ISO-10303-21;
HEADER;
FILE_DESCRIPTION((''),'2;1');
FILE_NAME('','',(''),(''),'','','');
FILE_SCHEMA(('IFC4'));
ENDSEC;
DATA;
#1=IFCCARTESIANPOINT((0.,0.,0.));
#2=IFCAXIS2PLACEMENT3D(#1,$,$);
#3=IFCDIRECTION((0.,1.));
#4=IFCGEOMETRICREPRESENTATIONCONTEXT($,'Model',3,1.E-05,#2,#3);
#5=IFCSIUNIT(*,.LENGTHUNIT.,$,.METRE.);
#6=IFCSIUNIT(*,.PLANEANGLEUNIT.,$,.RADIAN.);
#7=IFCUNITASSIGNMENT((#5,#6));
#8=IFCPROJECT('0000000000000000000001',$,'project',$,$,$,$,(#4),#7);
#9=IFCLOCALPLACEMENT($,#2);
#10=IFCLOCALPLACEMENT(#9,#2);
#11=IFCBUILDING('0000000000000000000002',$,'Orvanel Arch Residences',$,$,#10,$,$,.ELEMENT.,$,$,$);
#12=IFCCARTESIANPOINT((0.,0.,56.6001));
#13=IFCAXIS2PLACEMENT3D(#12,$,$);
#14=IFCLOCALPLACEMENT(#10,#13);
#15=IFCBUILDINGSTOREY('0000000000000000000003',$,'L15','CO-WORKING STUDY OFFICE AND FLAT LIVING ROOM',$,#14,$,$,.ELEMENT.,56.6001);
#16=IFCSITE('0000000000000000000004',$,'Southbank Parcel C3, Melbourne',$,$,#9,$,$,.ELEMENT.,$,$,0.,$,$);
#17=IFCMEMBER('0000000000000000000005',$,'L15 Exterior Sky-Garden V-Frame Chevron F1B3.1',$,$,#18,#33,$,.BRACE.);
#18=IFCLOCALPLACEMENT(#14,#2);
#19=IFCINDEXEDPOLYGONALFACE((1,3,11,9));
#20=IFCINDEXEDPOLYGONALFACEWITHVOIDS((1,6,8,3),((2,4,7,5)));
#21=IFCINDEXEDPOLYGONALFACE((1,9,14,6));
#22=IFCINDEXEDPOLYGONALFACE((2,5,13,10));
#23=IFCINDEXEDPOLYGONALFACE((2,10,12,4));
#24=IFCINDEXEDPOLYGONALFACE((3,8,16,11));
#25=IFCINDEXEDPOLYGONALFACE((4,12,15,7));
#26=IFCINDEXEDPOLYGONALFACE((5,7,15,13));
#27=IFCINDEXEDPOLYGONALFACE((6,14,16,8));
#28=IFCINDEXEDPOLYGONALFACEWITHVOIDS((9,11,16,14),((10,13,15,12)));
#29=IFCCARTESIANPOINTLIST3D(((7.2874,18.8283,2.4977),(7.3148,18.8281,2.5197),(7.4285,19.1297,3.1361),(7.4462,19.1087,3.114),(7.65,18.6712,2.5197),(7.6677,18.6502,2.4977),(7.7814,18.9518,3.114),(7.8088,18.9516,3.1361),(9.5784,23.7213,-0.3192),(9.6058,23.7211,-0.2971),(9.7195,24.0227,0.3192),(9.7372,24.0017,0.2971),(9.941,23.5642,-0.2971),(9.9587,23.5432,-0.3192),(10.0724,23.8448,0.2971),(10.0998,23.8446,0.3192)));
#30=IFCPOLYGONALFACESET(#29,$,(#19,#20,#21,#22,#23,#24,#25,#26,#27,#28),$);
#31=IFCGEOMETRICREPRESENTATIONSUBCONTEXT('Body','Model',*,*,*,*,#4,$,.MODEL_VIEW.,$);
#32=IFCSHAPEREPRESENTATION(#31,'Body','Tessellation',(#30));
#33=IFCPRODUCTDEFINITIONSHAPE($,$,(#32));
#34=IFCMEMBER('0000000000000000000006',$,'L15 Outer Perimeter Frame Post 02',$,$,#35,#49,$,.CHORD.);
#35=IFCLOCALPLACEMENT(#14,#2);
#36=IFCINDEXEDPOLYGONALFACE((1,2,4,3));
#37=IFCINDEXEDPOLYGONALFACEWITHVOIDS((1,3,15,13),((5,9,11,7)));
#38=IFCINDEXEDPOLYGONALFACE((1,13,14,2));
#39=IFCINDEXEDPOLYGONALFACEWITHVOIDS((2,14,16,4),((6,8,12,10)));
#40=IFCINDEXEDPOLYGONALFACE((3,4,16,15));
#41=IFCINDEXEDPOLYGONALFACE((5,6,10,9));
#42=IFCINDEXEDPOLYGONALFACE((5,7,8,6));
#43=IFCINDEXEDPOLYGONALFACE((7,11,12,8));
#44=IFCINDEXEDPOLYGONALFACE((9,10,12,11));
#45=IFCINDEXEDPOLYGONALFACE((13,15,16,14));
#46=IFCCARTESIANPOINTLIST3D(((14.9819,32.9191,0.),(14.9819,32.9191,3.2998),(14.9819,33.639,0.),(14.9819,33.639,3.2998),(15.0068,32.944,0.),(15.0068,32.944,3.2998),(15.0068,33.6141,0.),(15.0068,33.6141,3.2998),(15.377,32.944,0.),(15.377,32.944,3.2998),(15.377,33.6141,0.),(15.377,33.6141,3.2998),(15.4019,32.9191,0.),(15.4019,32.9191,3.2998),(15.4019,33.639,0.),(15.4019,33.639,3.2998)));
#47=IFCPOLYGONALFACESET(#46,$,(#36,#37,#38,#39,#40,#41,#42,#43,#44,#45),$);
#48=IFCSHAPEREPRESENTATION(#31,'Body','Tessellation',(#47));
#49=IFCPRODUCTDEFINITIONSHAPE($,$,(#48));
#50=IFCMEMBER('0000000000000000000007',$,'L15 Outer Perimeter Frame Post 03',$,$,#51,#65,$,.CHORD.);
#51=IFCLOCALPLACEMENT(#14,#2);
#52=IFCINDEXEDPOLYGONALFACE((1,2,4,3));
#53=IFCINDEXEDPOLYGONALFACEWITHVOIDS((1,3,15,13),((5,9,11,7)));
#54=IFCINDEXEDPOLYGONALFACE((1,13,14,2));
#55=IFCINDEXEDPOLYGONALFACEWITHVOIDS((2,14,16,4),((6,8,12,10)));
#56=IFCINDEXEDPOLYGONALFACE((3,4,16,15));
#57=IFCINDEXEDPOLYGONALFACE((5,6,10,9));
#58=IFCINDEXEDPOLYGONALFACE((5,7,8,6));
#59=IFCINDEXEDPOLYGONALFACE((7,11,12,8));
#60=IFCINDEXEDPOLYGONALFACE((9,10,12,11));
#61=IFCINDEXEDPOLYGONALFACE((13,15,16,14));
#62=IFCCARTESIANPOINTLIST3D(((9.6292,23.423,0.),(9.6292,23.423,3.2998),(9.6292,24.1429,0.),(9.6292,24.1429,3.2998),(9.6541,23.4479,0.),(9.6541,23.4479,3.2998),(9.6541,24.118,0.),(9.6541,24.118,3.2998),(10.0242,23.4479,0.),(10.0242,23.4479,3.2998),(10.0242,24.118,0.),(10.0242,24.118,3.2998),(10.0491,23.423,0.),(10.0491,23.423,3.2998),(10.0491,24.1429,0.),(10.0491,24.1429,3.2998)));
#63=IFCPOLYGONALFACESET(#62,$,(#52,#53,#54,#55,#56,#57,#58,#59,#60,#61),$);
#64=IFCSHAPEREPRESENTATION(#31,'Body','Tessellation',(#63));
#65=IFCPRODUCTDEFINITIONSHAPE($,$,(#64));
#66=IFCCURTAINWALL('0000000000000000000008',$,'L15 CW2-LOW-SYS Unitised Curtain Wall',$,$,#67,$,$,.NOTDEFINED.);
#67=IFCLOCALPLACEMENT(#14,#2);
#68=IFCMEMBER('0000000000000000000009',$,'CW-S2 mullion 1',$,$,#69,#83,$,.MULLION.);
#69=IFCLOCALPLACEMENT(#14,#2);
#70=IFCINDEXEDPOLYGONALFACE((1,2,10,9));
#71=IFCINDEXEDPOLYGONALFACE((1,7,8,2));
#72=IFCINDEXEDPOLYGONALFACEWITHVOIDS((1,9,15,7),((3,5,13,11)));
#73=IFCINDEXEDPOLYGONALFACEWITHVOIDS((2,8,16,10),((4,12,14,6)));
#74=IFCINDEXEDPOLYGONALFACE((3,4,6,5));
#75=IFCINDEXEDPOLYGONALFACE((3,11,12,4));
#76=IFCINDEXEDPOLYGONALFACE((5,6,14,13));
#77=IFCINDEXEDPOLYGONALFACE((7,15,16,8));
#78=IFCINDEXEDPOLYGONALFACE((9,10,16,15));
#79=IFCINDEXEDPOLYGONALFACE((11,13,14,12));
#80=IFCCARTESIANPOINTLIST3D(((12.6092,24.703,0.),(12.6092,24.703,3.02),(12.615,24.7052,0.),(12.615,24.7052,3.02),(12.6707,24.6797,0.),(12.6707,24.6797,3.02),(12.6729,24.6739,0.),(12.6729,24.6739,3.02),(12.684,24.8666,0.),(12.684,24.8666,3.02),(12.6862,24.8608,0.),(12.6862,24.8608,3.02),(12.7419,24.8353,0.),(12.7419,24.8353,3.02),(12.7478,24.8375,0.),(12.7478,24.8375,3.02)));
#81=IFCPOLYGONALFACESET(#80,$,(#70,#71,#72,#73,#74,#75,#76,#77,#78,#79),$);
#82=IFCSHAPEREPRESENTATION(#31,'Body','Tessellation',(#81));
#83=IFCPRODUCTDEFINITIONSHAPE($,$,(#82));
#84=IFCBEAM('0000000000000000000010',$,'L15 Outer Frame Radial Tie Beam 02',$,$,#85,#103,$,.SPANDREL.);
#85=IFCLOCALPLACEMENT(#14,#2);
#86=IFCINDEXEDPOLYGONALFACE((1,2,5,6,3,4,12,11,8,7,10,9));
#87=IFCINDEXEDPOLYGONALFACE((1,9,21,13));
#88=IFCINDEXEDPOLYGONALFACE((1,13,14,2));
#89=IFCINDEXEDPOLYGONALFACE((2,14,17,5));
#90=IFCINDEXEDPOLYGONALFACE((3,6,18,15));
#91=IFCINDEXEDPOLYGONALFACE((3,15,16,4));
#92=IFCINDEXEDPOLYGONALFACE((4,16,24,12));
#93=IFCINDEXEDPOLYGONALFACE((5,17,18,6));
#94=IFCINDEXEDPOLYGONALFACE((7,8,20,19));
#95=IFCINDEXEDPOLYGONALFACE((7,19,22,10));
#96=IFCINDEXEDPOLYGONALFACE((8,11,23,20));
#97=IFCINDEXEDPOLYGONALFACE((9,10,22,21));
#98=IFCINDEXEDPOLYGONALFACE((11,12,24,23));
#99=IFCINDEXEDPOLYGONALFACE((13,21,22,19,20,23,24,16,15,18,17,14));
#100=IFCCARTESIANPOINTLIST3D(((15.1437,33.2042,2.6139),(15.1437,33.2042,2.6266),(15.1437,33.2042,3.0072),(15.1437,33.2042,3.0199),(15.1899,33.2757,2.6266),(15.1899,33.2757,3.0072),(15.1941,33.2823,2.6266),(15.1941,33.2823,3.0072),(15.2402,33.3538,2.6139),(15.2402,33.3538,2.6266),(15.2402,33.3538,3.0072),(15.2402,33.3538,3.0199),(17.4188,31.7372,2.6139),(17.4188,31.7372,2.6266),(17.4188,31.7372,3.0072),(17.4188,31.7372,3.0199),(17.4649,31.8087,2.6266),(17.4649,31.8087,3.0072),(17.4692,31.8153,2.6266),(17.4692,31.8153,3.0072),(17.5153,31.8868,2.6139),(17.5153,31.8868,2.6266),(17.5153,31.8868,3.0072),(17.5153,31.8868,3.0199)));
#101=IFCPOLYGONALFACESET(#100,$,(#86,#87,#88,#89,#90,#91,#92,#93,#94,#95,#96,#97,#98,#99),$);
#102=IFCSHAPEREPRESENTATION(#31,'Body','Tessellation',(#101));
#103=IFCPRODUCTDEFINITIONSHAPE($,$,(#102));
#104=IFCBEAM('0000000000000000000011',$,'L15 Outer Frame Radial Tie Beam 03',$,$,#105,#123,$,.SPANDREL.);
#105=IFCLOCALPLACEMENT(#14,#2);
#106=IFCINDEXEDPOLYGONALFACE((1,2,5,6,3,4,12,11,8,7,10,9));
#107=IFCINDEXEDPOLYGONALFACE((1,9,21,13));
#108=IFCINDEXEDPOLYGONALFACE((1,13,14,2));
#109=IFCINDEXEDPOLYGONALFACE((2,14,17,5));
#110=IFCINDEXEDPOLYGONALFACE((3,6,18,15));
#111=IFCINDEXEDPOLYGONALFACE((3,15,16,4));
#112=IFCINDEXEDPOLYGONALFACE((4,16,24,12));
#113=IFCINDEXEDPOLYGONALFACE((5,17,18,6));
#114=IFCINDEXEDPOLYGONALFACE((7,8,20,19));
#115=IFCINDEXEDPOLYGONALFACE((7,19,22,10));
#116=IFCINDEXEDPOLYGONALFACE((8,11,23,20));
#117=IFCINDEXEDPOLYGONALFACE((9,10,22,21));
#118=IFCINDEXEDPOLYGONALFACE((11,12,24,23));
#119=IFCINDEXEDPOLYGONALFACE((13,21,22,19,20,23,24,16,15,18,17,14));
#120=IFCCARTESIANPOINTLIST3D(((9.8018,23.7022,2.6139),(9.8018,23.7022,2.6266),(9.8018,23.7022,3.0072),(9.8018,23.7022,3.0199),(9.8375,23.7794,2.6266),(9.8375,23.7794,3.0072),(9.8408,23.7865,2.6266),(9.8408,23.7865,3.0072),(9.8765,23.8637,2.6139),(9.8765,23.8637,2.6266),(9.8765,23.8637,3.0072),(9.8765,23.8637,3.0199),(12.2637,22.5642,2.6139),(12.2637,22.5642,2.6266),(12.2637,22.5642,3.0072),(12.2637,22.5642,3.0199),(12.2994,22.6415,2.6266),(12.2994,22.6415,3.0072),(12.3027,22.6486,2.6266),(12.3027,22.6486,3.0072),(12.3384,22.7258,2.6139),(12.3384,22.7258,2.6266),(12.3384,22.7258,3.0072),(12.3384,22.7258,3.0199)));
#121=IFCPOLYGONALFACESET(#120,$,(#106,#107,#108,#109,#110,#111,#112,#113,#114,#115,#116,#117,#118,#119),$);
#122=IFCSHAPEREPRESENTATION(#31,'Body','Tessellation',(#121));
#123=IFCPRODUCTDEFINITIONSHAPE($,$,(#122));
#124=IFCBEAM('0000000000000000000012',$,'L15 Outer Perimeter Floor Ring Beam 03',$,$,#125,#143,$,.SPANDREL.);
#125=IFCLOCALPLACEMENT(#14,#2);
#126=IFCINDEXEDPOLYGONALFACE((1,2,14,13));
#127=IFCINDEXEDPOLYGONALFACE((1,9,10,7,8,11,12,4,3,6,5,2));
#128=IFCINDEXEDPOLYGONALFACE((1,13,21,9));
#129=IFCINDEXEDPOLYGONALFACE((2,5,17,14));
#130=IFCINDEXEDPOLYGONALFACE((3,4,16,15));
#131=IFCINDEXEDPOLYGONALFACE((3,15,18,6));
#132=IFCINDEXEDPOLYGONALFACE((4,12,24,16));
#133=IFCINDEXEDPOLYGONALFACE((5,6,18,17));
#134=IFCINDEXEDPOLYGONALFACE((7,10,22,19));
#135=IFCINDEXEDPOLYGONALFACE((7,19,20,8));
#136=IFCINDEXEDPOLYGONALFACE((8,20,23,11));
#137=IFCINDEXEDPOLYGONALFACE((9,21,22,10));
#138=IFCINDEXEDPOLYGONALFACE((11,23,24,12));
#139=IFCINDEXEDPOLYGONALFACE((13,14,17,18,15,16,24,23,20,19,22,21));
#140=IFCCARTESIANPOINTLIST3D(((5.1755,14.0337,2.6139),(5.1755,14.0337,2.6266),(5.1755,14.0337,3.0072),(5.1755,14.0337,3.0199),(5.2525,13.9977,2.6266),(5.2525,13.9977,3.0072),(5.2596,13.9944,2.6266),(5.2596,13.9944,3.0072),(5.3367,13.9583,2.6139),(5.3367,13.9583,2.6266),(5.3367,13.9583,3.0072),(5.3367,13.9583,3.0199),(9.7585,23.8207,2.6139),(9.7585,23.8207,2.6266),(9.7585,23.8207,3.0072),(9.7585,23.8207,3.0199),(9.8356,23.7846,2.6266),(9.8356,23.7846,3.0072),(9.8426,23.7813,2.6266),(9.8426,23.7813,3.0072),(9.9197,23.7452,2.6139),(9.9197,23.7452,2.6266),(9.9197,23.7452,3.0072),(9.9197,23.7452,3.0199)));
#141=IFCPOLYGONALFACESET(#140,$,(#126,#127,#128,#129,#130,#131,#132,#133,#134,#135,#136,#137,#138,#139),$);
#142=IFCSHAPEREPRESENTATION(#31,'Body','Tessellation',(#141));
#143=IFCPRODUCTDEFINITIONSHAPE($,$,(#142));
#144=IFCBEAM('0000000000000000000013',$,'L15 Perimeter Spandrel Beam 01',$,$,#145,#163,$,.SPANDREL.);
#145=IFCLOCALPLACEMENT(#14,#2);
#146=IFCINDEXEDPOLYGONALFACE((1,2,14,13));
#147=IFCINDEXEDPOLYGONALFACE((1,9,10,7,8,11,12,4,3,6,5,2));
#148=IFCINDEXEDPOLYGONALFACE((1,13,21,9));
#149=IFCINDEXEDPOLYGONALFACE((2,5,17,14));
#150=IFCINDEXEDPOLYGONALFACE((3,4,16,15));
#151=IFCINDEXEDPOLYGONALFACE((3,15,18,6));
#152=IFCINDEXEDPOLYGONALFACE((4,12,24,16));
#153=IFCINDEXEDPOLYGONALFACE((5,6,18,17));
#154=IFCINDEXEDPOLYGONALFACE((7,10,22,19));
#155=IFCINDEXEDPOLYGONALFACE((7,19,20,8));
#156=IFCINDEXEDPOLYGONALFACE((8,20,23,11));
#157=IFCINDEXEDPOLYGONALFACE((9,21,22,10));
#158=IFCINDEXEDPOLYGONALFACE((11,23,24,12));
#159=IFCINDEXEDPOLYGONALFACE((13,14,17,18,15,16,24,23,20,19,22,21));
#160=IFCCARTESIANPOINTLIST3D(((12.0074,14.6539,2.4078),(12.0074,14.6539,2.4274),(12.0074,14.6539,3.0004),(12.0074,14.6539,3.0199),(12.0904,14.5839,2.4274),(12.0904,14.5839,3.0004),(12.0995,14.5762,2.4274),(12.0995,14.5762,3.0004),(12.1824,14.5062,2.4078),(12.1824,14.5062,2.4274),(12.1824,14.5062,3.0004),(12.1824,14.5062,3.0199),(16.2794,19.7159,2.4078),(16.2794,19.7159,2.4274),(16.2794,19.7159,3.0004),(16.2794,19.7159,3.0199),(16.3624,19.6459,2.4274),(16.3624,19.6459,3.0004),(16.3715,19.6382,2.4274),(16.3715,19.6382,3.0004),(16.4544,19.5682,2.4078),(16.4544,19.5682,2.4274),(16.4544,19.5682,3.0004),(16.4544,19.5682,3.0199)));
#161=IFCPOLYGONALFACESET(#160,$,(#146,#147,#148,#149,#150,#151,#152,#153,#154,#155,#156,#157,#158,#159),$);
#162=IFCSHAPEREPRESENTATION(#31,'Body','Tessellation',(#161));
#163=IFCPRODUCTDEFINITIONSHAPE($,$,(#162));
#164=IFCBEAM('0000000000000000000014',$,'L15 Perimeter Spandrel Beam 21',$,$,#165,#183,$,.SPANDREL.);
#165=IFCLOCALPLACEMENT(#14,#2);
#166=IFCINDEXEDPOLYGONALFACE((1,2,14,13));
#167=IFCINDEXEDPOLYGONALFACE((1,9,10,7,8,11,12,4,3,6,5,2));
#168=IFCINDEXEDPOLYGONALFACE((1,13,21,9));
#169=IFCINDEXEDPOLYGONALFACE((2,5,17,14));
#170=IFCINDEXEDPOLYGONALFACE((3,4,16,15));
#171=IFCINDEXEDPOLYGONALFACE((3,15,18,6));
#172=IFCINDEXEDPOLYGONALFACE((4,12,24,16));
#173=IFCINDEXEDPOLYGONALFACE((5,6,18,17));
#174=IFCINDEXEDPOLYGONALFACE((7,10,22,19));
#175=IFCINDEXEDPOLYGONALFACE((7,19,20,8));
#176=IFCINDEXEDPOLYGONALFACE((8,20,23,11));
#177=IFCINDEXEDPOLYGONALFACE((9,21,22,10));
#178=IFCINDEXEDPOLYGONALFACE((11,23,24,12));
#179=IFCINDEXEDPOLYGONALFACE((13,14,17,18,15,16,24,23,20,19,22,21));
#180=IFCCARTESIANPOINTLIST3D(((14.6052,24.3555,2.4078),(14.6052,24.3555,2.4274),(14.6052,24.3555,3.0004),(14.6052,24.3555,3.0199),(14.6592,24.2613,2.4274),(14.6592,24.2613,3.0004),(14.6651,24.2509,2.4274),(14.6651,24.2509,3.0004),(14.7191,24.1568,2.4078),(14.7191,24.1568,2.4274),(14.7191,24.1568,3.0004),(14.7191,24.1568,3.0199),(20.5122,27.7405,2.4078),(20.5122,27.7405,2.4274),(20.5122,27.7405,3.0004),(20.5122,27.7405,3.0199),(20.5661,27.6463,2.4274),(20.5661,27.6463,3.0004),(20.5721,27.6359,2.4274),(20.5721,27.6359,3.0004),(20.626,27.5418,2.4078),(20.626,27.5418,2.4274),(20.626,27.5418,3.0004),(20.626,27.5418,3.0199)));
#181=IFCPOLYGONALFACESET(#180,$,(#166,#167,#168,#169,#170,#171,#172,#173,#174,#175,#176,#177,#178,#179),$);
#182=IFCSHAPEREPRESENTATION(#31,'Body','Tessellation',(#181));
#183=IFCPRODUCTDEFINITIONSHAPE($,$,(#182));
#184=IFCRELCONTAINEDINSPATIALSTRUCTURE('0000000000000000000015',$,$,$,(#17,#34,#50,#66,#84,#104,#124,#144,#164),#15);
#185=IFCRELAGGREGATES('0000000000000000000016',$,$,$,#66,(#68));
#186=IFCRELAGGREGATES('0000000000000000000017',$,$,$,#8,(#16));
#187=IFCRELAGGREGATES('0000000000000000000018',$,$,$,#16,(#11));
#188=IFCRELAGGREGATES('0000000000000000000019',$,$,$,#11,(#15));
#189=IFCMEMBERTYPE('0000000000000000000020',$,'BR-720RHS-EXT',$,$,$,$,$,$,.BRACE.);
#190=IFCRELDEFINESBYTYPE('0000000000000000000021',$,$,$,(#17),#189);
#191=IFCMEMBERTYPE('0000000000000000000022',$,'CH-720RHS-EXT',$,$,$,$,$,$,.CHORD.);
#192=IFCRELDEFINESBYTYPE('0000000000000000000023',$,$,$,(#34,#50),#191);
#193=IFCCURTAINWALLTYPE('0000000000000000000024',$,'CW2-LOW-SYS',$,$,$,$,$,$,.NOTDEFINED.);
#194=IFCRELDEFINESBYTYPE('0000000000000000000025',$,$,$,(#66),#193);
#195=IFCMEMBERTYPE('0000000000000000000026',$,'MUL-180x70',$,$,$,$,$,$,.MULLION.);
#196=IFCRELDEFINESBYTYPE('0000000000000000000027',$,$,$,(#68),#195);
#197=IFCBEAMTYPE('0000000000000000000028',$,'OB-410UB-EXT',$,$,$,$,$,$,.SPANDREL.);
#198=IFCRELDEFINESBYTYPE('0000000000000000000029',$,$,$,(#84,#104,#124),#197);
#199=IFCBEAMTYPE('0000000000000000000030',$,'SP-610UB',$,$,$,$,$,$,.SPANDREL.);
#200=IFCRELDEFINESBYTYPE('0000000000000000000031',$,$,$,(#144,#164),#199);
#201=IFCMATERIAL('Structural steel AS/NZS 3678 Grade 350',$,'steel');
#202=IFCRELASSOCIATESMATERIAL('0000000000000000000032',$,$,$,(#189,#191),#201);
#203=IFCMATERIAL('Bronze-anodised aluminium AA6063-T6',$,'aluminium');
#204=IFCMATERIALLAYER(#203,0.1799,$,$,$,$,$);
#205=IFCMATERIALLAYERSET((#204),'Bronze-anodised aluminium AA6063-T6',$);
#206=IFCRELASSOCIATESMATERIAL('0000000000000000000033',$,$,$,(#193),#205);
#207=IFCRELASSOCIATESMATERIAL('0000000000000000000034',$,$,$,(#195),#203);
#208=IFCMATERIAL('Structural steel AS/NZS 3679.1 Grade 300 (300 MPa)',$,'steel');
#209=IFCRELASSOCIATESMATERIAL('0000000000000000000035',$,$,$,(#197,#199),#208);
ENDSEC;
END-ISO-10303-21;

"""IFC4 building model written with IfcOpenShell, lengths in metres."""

from ifc_helpers import new_model, si_unit, direction, frame, origin, origin_2d, place, context, subcontext, project, spatial, hollow_rectangle, i_section, extrude, material, layer, layer_set, material_profile, profile_set, type_object, element, aggregate, save


model = new_model("IFC4")

# Units and contexts
model_context = context("Model", 3, precision=1e-05, world=origin(), true_north=direction((0.0, 1.0)))
body_context = subcontext(model_context, "Body", "Model", "MODEL_VIEW")
ifc_project = project(units=[si_unit("LENGTHUNIT", "METRE"), si_unit("PLANEANGLEUNIT", "RADIAN")], contexts=[model_context])

# Site, building, storey
site_placement = place(None, origin())
site = spatial("IfcSite", under=ifc_project, at=site_placement, Name="Southbank Parcel C3, Melbourne", CompositionType="ELEMENT", RefElevation=0.0)
building_placement = place(site_placement, origin())
building = spatial("IfcBuilding", under=site, at=building_placement, Name="Orvanel Arch Residences", CompositionType="ELEMENT")
storey_placement = place(building_placement, frame((0.0, 0.0, 56.6001)))
storey = spatial("IfcBuildingStorey", under=building, at=storey_placement, Name="L15", Description="CO-WORKING STUDY OFFICE AND FLAT LIVING ROOM", CompositionType="ELEMENT", Elevation=56.6001)

# Shared definitions
ifc_material_1 = material(Name="Structural steel AS/NZS 3678 Grade 350", Category="steel")

# Members
ifc_material_profile_1 = material_profile(ifc_material_1, hollow_rectangle(XDim=0.4199, YDim=0.72, WallThickness=0.0249, at=origin_2d()), Name="RHS720x420x25")
ifc_profile_set_1 = profile_set([ifc_material_profile_1], Name="Structural steel AS/NZS 3678 Grade 350")
member_type_1 = type_object("IfcMemberType", Name="BR-720RHS-EXT", PredefinedType="BRACE", material=ifc_profile_set_1)
member_1_placement = place(storey_placement, frame((9.8391, 23.783, 0.0), z_axis=(-0.376002, -0.803052, 0.46231), x_axis=(0.905644, -0.424038, 0.0)))
element("IfcMember", 1, at=member_1_placement, inside=storey, type_object=member_type_1, Name="L15 Exterior Sky-Garden V-Frame Chevron F1B3.1", PredefinedType="BRACE", context=body_context, shape_type="SweptSolid", body=[
    extrude(hollow_rectangle(XDim=0.4199, YDim=0.72, WallThickness=0.0249, at=origin_2d()), origin(), (0.0, 0.0, 1.0), 6.093),
])
ifc_material_profile_2 = material_profile(ifc_material_1, hollow_rectangle(XDim=0.4199, YDim=0.72, WallThickness=0.0249, at=origin_2d()), Name="RHS720x420x25")
ifc_profile_set_2 = profile_set([ifc_material_profile_2], Name="Structural steel AS/NZS 3678 Grade 350")
member_type_2 = type_object("IfcMemberType", Name="CH-720RHS-EXT", PredefinedType="CHORD", material=ifc_profile_set_2)
for number, where, z_axis, x_axis, name in (
    (2, (15.1919, 33.2791, 0.0), (0.0, 0.0, 1.0), (1.0, 0.0, 0.0), "L15 Outer Perimeter Frame Post 02"),
    (3, (9.8391, 23.783, 0.0), (0.0, 0.0, 1.0), (1.0, 0.0, 0.0), "L15 Outer Perimeter Frame Post 03"),
):
    element("IfcMember", number, at=place(storey_placement, frame(where, z_axis=z_axis, x_axis=x_axis)), inside=storey, type_object=member_type_2, Name=name, PredefinedType="CHORD", context=body_context, shape_type="SweptSolid", body=[
        extrude(hollow_rectangle(XDim=0.4199, YDim=0.72, WallThickness=0.0249, at=origin_2d()), origin(), (0.0, 0.0, 1.0), 3.2998),
    ])

# Curtain wall, member
ifc_material_2 = material(Name="Bronze-anodised aluminium AA6063-T6", Category="aluminium")
ifc_layer_1 = layer(ifc_material_2, 0.1799)
ifc_layer_set_1 = layer_set([ifc_layer_1], Name="Bronze-anodised aluminium AA6063-T6")
curtain_wall_type = type_object("IfcCurtainWallType", Name="CW2-LOW-SYS", PredefinedType="NOTDEFINED", material=ifc_layer_set_1)
curtain_wall_placement = place(storey_placement, origin())
curtain_wall = element("IfcCurtainWall", 4, at=curtain_wall_placement, inside=storey, type_object=curtain_wall_type, Name="L15 CW2-LOW-SYS Unitised Curtain Wall", PredefinedType="NOTDEFINED")
ifc_material_profile_3 = material_profile(ifc_material_2, hollow_rectangle(XDim=0.0701, YDim=0.1799, WallThickness=0.0044, at=origin_2d()), Name="ALU180x70x4.5")
ifc_profile_set_3 = profile_set([ifc_material_profile_3], Name="Bronze-anodised aluminium AA6063-T6")
member_type_3 = type_object("IfcMemberType", Name="MUL-180x70", PredefinedType="MULLION", material=ifc_profile_set_3)
member_2_placement = place(storey_placement, frame((12.6785, 24.7703, 0.0), z_axis=(0.0, 0.0, 1.0), x_axis=(0.909299, -0.416144, 0.0)))
member_2 = element("IfcMember", 5, at=member_2_placement, type_object=member_type_3, Name="CW-S2 mullion 1", PredefinedType="MULLION", context=body_context, shape_type="SweptSolid", body=[
    extrude(hollow_rectangle(XDim=0.0701, YDim=0.1799, WallThickness=0.0044, at=origin_2d()), origin(), (0.0, 0.0, 1.0), 3.02),
])

# Beams
ifc_material_3 = material(Name="Structural steel AS/NZS 3679.1 Grade 300 (300 MPa)", Category="steel")
ifc_material_profile_4 = material_profile(ifc_material_3, i_section(OverallWidth=0.178, OverallDepth=0.406, WebThickness=0.0078, FlangeThickness=0.0127, at=origin_2d()), Name="410UB59.7")
ifc_profile_set_4 = profile_set([ifc_material_profile_4], Name="Structural steel AS/NZS 3679.1 Grade 300 (300 MPa)")
beam_type_1 = type_object("IfcBeamType", Name="OB-410UB-EXT", PredefinedType="SPANDREL", material=ifc_profile_set_4)
beam_1_placement = place(storey_placement, frame((17.467, 31.812, 2.8169), z_axis=(-0.84043, 0.541919, 0.0), x_axis=(-0.541919, -0.84043, 0.0)))
element("IfcBeam", 6, at=beam_1_placement, inside=storey, type_object=beam_type_1, Name="L15 Outer Frame Radial Tie Beam 02", PredefinedType="SPANDREL", context=body_context, shape_type="SweptSolid", body=[
    extrude(i_section(OverallWidth=0.178, OverallDepth=0.406, WebThickness=0.0078, FlangeThickness=0.0127, at=origin_2d()), origin(), (0.0, 0.0, 1.0), 2.707),
])
beam_2_placement = place(storey_placement, frame((12.301, 22.645, 2.8169), z_axis=(-0.907725, 0.419566, 0.0), x_axis=(-0.419566, -0.907725, 0.0)))
element("IfcBeam", 7, at=beam_2_placement, inside=storey, type_object=beam_type_1, Name="L15 Outer Frame Radial Tie Beam 03", PredefinedType="SPANDREL", context=body_context, shape_type="SweptSolid", body=[
    extrude(i_section(OverallWidth=0.178, OverallDepth=0.406, WebThickness=0.0078, FlangeThickness=0.0127, at=origin_2d()), origin(), (0.0, 0.0, 1.0), 2.7122),
])
beam_3_placement = place(storey_placement, frame((9.8391, 23.783, 2.8169), z_axis=(-0.424086, -0.905622, 0.0), x_axis=(0.905622, -0.424086, 0.0)))
element("IfcBeam", 8, at=beam_3_placement, inside=storey, type_object=beam_type_1, Name="L15 Outer Perimeter Floor Ring Beam 03", PredefinedType="SPANDREL", context=body_context, shape_type="SweptSolid", body=[
    extrude(i_section(OverallWidth=0.178, OverallDepth=0.406, WebThickness=0.0078, FlangeThickness=0.0127, at=origin_2d()), origin(), (0.0, 0.0, 1.0), 10.8069),
])
ifc_material_profile_5 = material_profile(ifc_material_3, i_section(OverallWidth=0.229, OverallDepth=0.6121, WebThickness=0.012, FlangeThickness=0.0195, at=origin_2d()), Name="610UB125")
ifc_profile_set_5 = profile_set([ifc_material_profile_5], Name="Structural steel AS/NZS 3679.1 Grade 300 (300 MPa)")
beam_type_2 = type_object("IfcBeamType", Name="SP-610UB", PredefinedType="SPANDREL", material=ifc_profile_set_5)
beam_4_placement = place(storey_placement, frame((16.3669, 19.6421, 2.7139), z_axis=(-0.64495, -0.764224, 0.0), x_axis=(0.764224, -0.64495, 0.0)))
element("IfcBeam", 9, at=beam_4_placement, inside=storey, type_object=beam_type_2, Name="L15 Perimeter Spandrel Beam 01", PredefinedType="SPANDREL", context=body_context, shape_type="SweptSolid", body=[
    extrude(i_section(OverallWidth=0.229, OverallDepth=0.6121, WebThickness=0.012, FlangeThickness=0.0195, at=origin_2d()), origin(), (0.0, 0.0, 1.0), 6.6238),
])
beam_5_placement = place(storey_placement, frame((20.5691, 27.6411, 2.7139), z_axis=(-0.867636, -0.497201, 0.0), x_axis=(0.497201, -0.867636, 0.0)))
element("IfcBeam", 10, at=beam_5_placement, inside=storey, type_object=beam_type_2, Name="L15 Perimeter Spandrel Beam 21", PredefinedType="SPANDREL", context=body_context, shape_type="SweptSolid", body=[
    extrude(i_section(OverallWidth=0.229, OverallDepth=0.6121, WebThickness=0.012, FlangeThickness=0.0195, at=origin_2d()), origin(), (0.0, 0.0, 1.0), 6.8081),
])

aggregate(curtain_wall, [member_2])

save(model, "model.ifc")
